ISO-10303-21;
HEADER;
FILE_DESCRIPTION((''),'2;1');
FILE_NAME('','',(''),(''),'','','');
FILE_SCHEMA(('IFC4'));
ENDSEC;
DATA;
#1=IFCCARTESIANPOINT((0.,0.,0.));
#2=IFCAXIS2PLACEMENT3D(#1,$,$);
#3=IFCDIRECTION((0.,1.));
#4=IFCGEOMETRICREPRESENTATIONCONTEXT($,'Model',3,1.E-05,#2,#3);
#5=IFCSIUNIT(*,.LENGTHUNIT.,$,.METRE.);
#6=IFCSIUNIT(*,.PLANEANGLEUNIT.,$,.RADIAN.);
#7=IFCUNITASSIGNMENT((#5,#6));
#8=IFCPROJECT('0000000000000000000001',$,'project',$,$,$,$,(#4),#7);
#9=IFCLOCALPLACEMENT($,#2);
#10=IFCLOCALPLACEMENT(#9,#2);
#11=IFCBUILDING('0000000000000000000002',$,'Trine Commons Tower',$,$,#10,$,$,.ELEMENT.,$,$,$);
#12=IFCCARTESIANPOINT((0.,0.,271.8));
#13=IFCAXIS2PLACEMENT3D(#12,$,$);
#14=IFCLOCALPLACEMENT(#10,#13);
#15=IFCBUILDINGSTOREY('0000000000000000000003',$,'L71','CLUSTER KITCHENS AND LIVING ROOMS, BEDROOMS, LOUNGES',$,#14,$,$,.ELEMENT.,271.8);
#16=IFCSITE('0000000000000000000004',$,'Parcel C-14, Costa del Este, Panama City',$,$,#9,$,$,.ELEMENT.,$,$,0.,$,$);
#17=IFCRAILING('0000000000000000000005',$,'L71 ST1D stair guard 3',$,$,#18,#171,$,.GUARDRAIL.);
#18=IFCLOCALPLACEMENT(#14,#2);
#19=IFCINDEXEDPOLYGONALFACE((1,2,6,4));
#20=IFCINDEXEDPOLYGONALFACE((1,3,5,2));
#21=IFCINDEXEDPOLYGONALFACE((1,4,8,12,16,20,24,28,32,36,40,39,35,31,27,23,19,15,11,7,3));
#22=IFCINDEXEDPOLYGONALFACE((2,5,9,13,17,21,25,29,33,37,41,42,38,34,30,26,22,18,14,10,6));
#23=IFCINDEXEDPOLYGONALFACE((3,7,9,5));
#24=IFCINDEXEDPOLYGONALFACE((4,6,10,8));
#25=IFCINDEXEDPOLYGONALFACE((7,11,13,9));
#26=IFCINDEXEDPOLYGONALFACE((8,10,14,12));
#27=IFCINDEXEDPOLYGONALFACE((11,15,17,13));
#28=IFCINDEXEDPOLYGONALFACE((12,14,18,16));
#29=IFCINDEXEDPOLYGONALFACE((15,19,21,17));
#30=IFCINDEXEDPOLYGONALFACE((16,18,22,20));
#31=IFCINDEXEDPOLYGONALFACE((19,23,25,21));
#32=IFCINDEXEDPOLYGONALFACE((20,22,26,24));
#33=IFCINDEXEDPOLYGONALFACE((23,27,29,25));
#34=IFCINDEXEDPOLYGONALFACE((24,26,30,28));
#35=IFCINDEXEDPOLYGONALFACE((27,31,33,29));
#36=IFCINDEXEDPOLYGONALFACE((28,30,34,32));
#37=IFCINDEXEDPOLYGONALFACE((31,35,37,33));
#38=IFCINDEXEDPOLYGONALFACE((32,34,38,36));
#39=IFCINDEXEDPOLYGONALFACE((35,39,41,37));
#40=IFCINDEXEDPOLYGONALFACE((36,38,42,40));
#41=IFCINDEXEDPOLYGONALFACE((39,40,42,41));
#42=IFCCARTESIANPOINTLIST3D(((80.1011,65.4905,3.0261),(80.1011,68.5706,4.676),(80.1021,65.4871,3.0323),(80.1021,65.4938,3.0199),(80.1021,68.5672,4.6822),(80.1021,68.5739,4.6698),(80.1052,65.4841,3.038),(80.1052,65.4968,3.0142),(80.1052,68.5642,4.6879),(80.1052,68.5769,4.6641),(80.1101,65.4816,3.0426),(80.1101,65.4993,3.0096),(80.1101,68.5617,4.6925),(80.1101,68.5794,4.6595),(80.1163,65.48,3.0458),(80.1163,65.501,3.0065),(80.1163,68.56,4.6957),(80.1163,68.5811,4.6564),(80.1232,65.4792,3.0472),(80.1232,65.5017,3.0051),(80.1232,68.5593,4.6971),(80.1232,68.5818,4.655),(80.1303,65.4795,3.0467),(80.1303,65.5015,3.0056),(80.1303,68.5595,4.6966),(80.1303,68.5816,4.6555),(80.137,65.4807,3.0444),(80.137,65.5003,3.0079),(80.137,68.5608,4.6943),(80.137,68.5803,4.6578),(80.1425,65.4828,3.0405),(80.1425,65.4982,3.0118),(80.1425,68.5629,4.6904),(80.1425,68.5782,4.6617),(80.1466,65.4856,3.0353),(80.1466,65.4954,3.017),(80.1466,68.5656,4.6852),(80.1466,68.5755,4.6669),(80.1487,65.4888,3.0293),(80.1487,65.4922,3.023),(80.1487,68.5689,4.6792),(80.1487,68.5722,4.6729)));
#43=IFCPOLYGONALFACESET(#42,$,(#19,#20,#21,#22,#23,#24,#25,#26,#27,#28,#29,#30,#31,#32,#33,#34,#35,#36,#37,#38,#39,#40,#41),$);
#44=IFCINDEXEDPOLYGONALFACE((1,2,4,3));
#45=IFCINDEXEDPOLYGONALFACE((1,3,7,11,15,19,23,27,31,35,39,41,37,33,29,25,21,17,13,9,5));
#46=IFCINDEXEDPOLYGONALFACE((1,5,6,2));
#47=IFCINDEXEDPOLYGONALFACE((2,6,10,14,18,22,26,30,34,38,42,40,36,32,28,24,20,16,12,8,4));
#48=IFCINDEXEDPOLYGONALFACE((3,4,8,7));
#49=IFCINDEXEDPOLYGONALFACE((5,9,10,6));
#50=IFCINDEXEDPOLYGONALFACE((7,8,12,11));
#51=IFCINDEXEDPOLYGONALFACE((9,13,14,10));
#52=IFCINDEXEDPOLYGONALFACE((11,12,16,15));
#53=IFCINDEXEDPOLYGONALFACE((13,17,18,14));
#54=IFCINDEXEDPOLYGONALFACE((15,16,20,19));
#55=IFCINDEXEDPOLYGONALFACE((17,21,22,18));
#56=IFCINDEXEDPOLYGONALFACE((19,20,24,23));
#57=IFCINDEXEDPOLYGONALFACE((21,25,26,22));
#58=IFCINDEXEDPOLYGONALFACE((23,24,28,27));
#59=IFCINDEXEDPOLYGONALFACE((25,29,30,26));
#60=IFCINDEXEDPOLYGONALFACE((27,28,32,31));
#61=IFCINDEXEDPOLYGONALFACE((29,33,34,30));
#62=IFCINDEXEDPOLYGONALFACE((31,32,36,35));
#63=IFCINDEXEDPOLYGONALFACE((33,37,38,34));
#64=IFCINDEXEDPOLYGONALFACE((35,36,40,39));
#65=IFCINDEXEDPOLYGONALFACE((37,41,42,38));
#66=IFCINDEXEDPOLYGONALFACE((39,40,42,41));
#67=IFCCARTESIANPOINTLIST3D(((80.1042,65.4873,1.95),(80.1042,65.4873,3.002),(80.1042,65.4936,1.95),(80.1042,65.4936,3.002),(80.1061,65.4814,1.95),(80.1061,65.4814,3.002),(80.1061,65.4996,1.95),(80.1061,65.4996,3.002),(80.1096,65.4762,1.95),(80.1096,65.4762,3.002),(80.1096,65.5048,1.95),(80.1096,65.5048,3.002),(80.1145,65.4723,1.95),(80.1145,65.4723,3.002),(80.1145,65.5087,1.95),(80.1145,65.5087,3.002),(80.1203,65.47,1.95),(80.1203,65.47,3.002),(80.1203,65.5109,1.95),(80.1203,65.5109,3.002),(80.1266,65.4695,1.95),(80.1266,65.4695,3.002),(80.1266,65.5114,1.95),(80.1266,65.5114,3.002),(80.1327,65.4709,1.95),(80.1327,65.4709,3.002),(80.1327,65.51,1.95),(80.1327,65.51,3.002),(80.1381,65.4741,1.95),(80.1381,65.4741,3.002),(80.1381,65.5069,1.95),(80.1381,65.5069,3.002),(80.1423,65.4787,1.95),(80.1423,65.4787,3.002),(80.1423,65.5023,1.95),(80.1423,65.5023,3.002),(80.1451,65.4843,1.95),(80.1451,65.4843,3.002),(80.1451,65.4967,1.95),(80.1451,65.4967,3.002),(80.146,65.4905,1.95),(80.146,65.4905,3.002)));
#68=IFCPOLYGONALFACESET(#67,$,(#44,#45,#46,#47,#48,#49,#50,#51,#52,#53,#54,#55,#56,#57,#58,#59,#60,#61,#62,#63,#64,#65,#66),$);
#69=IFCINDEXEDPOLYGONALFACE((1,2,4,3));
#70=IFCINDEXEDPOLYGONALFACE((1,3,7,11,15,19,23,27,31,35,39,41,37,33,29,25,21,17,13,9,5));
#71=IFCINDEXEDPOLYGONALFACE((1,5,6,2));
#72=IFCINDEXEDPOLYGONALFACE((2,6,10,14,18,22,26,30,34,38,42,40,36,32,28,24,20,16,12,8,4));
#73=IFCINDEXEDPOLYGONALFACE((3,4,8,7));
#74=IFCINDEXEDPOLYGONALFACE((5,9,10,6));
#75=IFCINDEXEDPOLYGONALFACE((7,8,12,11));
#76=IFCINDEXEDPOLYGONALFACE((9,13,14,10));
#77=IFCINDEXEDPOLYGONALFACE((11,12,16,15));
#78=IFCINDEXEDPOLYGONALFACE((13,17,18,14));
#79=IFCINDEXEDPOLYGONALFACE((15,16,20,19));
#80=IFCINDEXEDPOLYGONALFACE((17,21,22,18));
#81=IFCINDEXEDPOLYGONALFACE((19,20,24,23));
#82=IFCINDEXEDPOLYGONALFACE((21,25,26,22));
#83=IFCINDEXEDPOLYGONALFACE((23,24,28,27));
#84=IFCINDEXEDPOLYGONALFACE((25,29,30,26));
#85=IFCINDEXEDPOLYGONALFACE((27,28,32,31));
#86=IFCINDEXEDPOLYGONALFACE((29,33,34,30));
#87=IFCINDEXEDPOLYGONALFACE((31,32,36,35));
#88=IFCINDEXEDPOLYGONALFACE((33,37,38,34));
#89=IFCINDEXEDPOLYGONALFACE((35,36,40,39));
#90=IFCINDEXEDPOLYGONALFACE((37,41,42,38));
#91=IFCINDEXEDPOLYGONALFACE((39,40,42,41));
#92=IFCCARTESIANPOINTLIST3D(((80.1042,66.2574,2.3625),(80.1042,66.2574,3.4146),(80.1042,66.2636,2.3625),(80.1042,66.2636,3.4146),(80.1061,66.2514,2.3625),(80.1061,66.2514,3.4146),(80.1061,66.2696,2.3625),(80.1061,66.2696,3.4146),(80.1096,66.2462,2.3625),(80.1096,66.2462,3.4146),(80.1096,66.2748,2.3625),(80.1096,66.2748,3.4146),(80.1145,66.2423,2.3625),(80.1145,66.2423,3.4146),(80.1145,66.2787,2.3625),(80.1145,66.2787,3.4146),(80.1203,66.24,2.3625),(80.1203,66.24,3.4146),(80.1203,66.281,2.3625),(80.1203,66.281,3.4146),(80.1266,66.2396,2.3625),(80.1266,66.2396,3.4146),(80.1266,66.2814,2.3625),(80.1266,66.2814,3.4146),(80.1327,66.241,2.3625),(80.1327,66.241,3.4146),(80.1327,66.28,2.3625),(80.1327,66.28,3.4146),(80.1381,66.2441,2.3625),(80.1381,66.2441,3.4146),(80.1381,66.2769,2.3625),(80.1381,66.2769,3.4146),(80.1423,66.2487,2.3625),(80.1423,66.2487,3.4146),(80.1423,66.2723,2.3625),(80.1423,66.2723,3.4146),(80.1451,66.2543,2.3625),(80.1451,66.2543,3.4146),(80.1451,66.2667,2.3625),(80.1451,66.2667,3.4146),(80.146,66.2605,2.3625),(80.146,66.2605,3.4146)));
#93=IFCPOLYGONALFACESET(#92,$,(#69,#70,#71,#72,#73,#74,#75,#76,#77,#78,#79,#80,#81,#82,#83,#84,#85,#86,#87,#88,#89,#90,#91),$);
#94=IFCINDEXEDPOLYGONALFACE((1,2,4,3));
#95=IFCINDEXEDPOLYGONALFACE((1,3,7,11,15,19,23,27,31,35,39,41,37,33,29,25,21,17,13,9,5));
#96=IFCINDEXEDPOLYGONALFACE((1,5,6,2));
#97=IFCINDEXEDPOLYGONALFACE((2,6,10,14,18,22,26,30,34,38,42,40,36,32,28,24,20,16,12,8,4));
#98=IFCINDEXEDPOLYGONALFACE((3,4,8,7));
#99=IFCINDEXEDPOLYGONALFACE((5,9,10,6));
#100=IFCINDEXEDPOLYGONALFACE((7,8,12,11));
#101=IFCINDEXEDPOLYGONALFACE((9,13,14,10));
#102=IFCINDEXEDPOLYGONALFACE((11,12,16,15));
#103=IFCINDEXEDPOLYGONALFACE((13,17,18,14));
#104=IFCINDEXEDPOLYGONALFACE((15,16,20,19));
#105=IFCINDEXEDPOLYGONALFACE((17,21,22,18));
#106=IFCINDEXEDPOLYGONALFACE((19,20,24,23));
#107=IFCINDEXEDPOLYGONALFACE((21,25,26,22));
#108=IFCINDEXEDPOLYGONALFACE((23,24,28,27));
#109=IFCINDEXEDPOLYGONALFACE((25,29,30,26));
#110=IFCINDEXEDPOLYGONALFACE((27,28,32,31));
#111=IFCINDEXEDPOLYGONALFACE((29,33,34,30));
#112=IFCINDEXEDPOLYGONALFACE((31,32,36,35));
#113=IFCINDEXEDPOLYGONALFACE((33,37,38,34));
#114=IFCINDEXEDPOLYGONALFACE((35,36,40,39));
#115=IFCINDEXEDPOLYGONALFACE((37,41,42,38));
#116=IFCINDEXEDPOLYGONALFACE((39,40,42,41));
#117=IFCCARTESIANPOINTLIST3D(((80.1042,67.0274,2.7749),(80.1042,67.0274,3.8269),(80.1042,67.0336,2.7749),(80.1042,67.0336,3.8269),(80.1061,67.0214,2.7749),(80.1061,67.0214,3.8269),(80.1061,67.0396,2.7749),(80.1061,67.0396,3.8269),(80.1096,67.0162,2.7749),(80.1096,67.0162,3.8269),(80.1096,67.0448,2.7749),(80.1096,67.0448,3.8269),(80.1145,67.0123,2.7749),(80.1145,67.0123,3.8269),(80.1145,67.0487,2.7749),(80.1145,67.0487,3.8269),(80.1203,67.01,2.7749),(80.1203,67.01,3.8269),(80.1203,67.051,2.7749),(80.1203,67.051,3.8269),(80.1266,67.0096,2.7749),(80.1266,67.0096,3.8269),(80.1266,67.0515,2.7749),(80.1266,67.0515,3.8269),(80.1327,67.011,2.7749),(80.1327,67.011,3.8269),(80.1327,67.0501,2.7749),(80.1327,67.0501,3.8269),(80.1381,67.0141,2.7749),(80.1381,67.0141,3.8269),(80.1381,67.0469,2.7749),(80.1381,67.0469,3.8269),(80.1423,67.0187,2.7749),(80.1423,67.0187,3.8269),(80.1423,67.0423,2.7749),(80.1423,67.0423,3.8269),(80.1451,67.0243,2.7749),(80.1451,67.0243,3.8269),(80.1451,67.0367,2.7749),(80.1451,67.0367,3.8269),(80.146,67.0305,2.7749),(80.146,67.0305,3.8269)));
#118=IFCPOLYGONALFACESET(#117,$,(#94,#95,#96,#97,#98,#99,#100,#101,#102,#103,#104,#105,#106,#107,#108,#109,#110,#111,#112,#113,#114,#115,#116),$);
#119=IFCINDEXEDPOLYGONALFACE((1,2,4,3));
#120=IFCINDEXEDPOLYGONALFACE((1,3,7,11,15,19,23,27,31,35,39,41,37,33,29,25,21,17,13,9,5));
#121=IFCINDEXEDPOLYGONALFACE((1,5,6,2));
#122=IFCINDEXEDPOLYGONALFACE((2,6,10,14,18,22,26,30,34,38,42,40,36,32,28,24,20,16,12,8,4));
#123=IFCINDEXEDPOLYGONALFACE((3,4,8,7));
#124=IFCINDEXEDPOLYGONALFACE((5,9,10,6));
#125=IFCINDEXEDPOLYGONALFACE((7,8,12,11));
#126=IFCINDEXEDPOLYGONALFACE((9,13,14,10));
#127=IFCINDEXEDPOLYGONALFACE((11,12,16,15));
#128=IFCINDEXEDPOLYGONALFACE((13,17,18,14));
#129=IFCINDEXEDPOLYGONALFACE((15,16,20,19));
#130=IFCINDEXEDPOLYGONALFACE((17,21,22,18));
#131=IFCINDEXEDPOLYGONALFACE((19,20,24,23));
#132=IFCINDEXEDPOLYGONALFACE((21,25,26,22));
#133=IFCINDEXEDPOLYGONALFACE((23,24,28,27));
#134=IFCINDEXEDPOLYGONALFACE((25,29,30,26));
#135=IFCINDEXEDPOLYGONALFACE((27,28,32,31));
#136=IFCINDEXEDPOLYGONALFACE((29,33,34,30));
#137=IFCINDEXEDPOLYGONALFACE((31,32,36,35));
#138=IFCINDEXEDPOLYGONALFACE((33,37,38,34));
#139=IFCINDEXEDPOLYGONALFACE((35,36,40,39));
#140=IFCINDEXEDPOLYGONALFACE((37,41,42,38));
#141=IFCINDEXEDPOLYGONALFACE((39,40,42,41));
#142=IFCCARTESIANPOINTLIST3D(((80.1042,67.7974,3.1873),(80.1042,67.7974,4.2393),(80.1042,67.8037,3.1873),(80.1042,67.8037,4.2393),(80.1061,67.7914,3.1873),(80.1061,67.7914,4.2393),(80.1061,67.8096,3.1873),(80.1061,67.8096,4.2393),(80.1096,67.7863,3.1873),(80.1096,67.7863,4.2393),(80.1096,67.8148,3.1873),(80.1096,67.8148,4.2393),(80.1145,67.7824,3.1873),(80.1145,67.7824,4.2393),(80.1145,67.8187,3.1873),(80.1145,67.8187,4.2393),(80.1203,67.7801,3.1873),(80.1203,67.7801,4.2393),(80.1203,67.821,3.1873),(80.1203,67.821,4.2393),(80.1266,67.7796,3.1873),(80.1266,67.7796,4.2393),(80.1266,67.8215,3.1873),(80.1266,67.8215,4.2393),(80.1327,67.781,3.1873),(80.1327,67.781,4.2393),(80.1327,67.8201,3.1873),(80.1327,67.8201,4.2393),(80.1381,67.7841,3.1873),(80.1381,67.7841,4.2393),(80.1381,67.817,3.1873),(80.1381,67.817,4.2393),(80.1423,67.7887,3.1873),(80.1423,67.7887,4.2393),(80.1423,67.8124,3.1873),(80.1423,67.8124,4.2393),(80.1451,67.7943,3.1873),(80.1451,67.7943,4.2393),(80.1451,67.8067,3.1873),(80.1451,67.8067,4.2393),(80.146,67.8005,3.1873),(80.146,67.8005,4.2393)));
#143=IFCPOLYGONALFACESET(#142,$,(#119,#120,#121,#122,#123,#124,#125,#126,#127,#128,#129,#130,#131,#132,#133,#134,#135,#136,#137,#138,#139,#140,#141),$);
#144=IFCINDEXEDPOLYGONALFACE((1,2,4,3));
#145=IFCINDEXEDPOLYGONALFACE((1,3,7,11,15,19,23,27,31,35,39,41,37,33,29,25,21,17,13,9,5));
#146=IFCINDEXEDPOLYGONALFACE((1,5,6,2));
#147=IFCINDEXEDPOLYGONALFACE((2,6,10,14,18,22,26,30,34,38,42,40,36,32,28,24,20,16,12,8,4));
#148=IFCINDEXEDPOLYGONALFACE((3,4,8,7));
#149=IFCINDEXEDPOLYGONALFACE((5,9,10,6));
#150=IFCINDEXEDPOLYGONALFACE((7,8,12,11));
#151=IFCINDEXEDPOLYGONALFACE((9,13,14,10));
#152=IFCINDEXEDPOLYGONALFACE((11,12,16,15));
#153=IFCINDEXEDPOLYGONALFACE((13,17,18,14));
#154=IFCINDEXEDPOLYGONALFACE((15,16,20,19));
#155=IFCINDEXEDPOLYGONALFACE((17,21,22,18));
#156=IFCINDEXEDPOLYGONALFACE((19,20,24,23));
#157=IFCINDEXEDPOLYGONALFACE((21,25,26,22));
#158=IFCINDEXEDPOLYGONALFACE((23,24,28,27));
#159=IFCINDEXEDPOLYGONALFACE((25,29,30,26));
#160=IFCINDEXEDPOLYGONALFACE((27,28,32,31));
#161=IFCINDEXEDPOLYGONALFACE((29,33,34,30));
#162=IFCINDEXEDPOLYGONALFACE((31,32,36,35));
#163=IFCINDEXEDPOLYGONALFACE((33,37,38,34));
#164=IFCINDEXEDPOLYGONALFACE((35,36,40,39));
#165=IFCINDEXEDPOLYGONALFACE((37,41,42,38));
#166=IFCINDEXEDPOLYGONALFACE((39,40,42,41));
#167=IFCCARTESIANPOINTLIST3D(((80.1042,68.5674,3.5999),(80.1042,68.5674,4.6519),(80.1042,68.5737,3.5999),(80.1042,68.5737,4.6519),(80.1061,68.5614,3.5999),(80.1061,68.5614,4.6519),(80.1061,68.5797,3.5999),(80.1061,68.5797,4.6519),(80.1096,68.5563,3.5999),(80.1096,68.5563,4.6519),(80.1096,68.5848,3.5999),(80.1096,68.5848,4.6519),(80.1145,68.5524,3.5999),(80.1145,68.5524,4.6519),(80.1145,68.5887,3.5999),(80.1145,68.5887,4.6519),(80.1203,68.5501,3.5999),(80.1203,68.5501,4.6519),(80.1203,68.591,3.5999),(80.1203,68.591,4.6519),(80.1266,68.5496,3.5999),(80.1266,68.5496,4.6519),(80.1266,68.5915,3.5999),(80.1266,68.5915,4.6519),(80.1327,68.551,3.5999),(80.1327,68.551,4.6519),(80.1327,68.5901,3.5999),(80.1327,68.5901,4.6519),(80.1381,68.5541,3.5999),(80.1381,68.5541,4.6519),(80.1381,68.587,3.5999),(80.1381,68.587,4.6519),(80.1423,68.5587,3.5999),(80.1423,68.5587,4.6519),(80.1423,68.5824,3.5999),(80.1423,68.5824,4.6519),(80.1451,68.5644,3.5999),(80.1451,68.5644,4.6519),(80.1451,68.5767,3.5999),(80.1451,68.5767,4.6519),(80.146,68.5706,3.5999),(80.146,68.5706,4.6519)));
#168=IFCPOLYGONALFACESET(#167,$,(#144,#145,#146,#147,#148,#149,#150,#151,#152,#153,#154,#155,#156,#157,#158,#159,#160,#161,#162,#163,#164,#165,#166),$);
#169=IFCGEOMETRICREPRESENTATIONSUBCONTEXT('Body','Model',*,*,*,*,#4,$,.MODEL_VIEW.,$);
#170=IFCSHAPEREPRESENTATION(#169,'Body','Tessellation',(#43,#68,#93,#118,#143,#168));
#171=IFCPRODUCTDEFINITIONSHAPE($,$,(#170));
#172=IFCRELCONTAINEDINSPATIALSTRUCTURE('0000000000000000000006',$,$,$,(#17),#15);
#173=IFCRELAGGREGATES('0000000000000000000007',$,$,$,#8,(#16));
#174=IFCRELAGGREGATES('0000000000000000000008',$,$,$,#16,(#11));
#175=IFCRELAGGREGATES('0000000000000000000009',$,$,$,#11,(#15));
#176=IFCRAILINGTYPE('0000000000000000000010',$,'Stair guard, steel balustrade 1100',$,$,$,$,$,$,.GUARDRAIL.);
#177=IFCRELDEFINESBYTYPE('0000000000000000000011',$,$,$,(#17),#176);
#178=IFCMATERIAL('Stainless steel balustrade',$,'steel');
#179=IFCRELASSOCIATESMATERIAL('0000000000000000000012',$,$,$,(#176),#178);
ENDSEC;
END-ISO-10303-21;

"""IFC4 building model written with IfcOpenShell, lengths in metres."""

from ifc_helpers import new_model, si_unit, direction, frame, origin, origin_2d, place, context, subcontext, project, spatial, circle, extrude, material, type_object, element, save


model = new_model("IFC4")

# Units and contexts
model_context = context("Model", 3, precision=1e-05, world=origin(), true_north=direction((0.0, 1.0)))
body_context = subcontext(model_context, "Body", "Model", "MODEL_VIEW")
ifc_project = project(units=[si_unit("LENGTHUNIT", "METRE"), si_unit("PLANEANGLEUNIT", "RADIAN")], contexts=[model_context])

# Site, building, storey
site_placement = place(None, origin())
site = spatial("IfcSite", under=ifc_project, at=site_placement, Name="Parcel C-14, Costa del Este, Panama City", CompositionType="ELEMENT", RefElevation=0.0)
building_placement = place(site_placement, origin())
building = spatial("IfcBuilding", under=site, at=building_placement, Name="Trine Commons Tower", CompositionType="ELEMENT")
storey_placement = place(building_placement, frame((0.0, 0.0, 271.8)))
storey = spatial("IfcBuildingStorey", under=building, at=storey_placement, Name="L71", Description="CLUSTER KITCHENS AND LIVING ROOMS, BEDROOMS, LOUNGES", CompositionType="ELEMENT", Elevation=271.8)

# Railing
ifc_material_1 = material(Name="Stainless steel balustrade", Category="steel")
railing_type_1 = type_object("IfcRailingType", Name="Stair guard, steel balustrade 1100", PredefinedType="GUARDRAIL", material=ifc_material_1)
railing_1_placement = place(storey_placement, frame((80.125, 65.4905, 1.95)))
element("IfcRailing", 1, at=railing_1_placement, inside=storey, type_object=railing_type_1, Name="L71 ST1D stair guard 3", PredefinedType="GUARDRAIL", context=body_context, shape_type="SweptSolid", body=[
    extrude(circle(Radius=0.0239, at=origin_2d()), frame((0.0, 0.0, 1.0762), z_axis=(0.0, 0.881497, 0.47219), x_axis=(-1.0, 0.0, 0.0)), (0.0, 0.0, 1.0), 3.4941),
    extrude(circle(Radius=0.021, at=origin_2d()), origin(), (0.0, 0.0, 1.0), 1.052),
    extrude(circle(Radius=0.021, at=origin_2d()), frame((0.0, 0.77, 0.4126)), (0.0, 0.0, 1.0), 1.052),
    extrude(circle(Radius=0.021, at=origin_2d()), frame((0.0, 1.54, 0.825)), (0.0, 0.0, 1.0), 1.052),
    extrude(circle(Radius=0.021, at=origin_2d()), frame((0.0, 2.3101, 1.2373)), (0.0, 0.0, 1.0), 1.052),
    extrude(circle(Radius=0.021, at=origin_2d()), frame((0.0, 3.0801, 1.6499)), (0.0, 0.0, 1.0), 1.052),
])

save(model, "model.ifc")
